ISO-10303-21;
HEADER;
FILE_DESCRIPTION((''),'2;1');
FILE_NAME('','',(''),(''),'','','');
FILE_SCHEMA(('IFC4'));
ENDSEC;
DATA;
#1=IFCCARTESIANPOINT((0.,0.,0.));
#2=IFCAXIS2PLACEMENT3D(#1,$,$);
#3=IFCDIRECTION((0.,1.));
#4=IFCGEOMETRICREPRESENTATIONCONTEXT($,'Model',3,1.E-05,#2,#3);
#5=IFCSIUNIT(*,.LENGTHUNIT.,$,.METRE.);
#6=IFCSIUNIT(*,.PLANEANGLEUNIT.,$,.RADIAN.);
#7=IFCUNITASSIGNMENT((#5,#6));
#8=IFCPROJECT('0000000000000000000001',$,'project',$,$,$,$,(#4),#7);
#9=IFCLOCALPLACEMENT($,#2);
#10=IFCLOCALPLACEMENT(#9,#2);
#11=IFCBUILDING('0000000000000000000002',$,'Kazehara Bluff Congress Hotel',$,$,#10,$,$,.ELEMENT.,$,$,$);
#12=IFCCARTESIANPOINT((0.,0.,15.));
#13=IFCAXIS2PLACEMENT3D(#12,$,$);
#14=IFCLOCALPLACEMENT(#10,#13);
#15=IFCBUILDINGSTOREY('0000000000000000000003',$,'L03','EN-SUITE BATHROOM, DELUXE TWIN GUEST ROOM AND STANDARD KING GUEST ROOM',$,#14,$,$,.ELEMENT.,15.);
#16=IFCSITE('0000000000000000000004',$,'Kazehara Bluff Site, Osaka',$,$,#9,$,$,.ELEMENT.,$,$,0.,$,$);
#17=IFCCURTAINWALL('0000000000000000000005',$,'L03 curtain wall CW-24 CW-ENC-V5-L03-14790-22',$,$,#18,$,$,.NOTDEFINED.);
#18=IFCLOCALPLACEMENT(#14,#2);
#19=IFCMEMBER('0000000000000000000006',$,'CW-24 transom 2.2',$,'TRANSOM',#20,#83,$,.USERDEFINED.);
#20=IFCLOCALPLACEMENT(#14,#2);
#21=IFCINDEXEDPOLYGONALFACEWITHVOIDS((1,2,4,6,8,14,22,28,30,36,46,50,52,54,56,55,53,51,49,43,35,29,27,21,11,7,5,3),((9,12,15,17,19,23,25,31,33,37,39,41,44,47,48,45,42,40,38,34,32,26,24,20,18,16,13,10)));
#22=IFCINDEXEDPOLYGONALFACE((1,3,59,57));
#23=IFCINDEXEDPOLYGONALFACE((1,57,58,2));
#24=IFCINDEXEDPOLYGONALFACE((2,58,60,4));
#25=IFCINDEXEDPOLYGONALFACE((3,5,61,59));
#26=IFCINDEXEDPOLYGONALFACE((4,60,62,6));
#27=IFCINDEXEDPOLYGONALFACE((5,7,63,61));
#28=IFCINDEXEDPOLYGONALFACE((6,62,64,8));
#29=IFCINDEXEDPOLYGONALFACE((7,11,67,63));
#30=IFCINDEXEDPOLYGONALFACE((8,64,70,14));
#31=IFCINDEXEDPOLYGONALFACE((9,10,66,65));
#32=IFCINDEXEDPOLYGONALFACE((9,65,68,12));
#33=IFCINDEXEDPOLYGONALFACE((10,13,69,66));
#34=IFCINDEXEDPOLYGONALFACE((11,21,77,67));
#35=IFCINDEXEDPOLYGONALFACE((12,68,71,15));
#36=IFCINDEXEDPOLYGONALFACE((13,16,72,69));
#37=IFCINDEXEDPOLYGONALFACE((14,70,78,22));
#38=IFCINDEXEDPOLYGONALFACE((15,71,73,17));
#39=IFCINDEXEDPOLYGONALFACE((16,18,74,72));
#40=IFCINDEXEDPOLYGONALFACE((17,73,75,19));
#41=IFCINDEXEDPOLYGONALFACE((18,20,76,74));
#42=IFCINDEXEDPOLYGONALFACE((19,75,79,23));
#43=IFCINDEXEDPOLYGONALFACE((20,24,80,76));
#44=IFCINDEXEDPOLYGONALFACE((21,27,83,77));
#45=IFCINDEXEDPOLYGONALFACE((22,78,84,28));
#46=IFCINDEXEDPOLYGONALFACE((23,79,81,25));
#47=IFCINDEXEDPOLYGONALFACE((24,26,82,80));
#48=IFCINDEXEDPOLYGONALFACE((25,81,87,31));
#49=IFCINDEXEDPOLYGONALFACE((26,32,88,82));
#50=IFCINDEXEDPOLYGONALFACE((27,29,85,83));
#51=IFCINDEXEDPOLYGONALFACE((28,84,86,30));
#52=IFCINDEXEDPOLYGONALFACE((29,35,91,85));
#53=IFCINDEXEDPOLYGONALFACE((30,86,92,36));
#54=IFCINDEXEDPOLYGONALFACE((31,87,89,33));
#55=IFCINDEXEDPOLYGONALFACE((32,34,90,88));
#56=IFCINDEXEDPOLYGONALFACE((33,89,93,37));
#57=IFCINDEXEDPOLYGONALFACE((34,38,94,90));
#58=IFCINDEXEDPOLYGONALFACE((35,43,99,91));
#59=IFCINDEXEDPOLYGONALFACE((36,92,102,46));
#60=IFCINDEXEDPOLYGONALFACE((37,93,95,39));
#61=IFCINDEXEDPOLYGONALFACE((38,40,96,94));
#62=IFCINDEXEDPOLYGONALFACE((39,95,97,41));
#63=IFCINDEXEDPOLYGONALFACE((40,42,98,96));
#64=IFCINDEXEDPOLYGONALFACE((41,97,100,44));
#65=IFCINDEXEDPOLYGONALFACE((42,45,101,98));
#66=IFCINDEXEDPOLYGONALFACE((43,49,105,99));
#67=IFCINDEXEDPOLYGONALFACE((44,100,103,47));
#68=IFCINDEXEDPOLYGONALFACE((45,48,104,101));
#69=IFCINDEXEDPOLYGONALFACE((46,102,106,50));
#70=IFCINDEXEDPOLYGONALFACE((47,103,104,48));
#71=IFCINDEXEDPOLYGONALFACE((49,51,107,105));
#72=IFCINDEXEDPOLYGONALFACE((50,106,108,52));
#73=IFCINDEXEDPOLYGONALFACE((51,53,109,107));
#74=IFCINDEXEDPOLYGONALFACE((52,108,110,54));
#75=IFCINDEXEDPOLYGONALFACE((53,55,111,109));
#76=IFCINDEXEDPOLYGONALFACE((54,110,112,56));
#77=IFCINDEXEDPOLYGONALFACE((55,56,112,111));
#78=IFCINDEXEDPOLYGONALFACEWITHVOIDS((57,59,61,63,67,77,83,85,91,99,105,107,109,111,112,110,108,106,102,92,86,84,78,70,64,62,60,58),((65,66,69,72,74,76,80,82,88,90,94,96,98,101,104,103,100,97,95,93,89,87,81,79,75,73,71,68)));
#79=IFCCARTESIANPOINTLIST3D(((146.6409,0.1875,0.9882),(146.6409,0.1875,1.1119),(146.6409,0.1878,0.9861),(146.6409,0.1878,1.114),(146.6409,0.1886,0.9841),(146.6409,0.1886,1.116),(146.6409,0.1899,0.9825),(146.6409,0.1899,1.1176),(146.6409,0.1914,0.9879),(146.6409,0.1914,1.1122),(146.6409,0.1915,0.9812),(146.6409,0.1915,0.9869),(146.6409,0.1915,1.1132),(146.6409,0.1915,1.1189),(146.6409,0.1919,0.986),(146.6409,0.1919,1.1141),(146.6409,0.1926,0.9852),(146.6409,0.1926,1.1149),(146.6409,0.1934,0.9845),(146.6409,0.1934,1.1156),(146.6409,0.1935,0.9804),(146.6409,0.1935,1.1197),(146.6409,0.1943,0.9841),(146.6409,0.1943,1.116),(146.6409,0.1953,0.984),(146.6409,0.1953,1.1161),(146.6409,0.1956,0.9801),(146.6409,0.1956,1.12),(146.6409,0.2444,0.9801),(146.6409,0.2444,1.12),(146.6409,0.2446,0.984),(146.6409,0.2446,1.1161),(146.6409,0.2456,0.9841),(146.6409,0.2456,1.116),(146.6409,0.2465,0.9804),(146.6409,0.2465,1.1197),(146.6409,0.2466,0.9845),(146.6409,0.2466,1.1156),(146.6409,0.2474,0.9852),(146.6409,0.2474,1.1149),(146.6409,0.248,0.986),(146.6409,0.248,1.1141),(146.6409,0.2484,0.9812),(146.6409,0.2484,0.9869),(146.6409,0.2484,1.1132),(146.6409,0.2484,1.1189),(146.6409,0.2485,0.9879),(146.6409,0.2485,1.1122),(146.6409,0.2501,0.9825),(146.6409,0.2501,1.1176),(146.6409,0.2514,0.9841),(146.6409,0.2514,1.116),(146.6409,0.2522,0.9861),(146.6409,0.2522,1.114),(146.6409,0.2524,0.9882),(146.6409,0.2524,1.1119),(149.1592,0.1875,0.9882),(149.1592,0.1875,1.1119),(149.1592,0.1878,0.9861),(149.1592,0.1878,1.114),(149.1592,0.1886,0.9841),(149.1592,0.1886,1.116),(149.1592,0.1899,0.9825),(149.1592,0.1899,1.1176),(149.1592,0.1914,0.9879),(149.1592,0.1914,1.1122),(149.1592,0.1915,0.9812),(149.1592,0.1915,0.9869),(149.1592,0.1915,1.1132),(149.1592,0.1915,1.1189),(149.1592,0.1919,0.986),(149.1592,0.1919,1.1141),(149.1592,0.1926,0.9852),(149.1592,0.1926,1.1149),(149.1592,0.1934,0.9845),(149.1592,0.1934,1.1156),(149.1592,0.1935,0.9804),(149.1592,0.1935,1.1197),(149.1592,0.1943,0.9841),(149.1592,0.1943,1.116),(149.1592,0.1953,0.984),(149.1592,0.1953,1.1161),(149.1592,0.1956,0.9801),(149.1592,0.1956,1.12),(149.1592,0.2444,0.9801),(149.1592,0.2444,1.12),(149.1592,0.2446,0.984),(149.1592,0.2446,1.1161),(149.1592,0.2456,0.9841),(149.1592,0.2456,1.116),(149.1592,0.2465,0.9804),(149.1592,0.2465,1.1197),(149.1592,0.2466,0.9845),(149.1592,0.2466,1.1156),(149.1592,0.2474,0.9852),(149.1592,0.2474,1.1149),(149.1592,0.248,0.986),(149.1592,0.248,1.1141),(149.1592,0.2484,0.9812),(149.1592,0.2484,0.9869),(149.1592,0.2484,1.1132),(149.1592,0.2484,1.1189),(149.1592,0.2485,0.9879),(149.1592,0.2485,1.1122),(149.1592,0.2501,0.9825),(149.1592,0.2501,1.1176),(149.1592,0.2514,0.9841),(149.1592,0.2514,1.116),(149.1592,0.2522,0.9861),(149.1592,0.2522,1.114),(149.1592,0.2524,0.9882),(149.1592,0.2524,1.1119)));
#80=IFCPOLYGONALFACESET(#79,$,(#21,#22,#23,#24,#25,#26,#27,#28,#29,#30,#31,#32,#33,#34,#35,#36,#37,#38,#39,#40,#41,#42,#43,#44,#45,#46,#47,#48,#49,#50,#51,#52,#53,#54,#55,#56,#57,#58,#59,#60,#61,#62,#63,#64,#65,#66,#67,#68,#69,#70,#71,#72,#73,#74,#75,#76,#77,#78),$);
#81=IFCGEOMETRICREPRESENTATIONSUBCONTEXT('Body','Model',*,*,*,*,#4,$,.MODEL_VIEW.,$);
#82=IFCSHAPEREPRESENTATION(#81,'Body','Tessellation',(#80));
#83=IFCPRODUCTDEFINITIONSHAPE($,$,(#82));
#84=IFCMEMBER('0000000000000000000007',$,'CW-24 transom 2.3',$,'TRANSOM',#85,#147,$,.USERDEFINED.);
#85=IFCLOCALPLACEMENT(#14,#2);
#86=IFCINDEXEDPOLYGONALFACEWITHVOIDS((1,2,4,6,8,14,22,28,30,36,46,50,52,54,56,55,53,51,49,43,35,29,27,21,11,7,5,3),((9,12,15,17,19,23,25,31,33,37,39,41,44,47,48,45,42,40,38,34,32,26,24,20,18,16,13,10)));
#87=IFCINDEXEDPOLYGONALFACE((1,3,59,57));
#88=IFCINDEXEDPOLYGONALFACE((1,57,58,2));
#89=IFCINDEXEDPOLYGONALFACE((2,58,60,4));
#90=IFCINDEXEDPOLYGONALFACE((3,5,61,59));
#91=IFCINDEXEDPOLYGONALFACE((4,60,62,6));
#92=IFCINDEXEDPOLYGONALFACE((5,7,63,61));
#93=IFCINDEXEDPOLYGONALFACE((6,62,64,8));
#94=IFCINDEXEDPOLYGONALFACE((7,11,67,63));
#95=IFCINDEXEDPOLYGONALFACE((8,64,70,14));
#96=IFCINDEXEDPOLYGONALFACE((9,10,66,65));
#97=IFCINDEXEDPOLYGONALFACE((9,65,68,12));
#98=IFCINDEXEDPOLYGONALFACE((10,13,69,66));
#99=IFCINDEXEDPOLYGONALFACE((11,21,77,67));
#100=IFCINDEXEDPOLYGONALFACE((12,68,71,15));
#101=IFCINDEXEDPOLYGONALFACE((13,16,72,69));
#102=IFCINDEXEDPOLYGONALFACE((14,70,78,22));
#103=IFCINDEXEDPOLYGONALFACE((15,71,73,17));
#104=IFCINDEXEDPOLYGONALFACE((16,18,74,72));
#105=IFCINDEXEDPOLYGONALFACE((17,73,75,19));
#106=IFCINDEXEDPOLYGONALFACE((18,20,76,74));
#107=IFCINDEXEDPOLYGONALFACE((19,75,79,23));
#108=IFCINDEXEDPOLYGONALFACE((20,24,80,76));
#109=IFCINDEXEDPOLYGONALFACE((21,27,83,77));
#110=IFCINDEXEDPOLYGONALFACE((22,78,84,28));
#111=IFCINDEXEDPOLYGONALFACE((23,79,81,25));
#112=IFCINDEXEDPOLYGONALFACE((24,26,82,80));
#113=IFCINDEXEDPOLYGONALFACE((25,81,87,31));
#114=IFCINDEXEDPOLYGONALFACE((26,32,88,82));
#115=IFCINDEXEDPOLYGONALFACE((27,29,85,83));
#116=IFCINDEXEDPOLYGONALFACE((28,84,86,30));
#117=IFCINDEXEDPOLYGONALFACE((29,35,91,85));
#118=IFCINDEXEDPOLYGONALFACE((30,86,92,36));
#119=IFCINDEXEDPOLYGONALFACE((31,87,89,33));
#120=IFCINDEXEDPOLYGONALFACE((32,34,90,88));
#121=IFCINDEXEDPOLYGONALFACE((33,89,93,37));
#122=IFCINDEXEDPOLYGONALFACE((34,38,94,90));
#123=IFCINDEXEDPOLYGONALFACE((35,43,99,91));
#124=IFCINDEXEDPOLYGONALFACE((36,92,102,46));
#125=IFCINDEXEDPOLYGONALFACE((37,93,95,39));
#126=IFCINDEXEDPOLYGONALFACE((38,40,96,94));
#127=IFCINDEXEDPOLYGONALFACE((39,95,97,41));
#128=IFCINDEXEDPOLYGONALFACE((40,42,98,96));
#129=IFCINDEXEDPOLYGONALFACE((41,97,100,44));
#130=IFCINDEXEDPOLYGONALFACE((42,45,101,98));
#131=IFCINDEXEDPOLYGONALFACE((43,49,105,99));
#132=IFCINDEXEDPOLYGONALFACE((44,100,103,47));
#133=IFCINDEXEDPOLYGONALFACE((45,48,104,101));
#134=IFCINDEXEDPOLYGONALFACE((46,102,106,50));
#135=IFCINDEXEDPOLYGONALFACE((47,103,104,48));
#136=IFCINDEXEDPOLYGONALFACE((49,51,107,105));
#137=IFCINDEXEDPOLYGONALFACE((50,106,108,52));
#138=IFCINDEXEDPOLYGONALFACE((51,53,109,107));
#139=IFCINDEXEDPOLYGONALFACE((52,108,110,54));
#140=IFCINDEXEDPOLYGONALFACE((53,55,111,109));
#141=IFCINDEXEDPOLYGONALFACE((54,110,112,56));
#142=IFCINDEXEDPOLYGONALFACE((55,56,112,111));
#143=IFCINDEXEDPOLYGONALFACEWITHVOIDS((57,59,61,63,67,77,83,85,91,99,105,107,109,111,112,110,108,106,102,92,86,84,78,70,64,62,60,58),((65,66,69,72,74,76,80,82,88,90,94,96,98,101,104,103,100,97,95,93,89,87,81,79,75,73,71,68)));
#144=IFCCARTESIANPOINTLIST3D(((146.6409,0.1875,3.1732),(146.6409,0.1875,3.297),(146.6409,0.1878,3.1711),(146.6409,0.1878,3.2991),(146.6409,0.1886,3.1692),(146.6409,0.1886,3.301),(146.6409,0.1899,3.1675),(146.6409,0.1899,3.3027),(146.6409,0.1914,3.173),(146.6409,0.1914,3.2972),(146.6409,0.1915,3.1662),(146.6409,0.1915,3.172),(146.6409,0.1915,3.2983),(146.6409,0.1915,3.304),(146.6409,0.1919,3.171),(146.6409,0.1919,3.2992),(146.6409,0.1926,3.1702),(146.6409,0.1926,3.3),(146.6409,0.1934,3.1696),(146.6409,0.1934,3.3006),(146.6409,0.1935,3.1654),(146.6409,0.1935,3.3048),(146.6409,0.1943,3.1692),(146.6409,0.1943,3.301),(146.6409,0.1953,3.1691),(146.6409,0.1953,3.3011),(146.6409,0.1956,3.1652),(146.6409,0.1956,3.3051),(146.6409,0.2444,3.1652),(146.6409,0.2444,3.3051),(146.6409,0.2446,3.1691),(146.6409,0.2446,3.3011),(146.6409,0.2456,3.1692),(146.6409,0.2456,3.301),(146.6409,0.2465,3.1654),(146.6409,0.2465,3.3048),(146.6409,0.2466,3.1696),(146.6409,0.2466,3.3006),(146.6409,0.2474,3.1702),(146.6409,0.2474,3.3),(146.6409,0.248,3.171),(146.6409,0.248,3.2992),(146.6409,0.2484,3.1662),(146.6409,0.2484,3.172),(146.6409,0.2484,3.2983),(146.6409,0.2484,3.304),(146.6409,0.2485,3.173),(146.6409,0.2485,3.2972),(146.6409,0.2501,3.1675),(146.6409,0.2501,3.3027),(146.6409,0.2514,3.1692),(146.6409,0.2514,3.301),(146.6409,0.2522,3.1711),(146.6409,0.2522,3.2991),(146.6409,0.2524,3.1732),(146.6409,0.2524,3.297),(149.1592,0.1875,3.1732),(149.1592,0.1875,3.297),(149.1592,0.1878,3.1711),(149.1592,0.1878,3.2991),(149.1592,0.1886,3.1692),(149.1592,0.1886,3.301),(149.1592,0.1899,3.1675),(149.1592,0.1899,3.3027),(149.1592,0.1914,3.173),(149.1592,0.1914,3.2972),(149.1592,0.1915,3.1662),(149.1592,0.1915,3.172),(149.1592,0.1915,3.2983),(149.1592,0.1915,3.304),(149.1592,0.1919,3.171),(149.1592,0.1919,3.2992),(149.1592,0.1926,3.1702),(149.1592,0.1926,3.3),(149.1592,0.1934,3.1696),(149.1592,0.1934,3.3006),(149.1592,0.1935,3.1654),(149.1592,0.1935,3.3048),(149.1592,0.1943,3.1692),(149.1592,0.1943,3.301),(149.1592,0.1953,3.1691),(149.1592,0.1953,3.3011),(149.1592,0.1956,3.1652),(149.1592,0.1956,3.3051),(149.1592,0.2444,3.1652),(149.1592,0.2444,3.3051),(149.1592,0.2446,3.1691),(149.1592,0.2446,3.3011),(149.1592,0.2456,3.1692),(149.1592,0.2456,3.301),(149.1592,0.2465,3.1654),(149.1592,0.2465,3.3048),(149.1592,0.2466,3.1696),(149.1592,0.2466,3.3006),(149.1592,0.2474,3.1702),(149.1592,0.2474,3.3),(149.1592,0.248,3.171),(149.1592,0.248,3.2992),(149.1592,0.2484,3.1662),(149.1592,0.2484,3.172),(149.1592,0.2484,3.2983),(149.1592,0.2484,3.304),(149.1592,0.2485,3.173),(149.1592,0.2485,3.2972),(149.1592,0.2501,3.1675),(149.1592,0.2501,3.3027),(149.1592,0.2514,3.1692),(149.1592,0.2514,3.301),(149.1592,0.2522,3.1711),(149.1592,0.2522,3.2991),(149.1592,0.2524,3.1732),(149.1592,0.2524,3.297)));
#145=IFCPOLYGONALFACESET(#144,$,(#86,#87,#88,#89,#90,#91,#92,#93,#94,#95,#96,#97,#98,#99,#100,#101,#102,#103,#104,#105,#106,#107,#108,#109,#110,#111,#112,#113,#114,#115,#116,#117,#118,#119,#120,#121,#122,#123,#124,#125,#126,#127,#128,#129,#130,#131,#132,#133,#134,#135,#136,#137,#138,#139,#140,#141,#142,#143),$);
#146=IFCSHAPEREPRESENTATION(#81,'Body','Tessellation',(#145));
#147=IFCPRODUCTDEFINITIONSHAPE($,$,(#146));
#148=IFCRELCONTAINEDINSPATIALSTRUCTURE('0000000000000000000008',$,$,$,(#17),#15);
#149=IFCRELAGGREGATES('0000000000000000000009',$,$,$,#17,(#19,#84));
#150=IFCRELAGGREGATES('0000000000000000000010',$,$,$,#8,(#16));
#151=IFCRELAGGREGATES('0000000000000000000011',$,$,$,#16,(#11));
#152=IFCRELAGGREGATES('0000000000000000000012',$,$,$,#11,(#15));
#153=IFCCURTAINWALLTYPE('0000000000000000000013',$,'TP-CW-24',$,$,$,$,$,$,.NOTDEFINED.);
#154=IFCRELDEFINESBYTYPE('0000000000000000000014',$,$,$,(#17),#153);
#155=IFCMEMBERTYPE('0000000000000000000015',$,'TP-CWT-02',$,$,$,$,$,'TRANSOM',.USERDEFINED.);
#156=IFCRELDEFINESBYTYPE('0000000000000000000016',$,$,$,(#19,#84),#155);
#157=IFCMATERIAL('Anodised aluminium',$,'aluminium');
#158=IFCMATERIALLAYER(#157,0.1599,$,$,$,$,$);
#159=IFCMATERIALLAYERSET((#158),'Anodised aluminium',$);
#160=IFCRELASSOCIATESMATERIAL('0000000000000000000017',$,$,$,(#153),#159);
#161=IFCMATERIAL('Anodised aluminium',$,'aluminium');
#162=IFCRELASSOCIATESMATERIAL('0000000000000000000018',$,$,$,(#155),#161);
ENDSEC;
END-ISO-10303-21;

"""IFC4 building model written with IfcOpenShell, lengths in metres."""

from ifc_helpers import new_model, si_unit, direction, frame, origin, origin_2d, place, context, subcontext, project, spatial, hollow_rectangle, extrude, material, layer, layer_set, material_profile, profile_set, type_object, element, aggregate, save


model = new_model("IFC4")

# Units and contexts
model_context = context("Model", 3, precision=1e-05, world=origin(), true_north=direction((0.0, 1.0)))
body_context = subcontext(model_context, "Body", "Model", "MODEL_VIEW")
ifc_project = project(units=[si_unit("LENGTHUNIT", "METRE"), si_unit("PLANEANGLEUNIT", "RADIAN")], contexts=[model_context])

# Site, building, storey
site_placement = place(None, origin())
site = spatial("IfcSite", under=ifc_project, at=site_placement, Name="Kazehara Bluff Site, Osaka", CompositionType="ELEMENT", RefElevation=0.0)
building_placement = place(site_placement, origin())
building = spatial("IfcBuilding", under=site, at=building_placement, Name="Kazehara Bluff Congress Hotel", CompositionType="ELEMENT")
storey_placement = place(building_placement, frame((0.0, 0.0, 15.0)))
storey = spatial("IfcBuildingStorey", under=building, at=storey_placement, Name="L03", Description="EN-SUITE BATHROOM, DELUXE TWIN GUEST ROOM AND STANDARD KING GUEST ROOM", CompositionType="ELEMENT", Elevation=15.0)

# Curtain wall
ifc_material_1 = material(Name="Anodised aluminium", Category="aluminium")
ifc_layer_1 = layer(ifc_material_1, 0.1599)
ifc_layer_set_1 = layer_set([ifc_layer_1], Name="Anodised aluminium")
curtain_wall_type = type_object("IfcCurtainWallType", Name="TP-CW-24", PredefinedType="NOTDEFINED", material=ifc_layer_set_1)
curtain_wall_1_placement = place(storey_placement, origin())
curtain_wall_1 = element("IfcCurtainWall", 1, at=curtain_wall_1_placement, inside=storey, type_object=curtain_wall_type, Name="L03 curtain wall CW-24 CW-ENC-V5-L03-14790-22", PredefinedType="NOTDEFINED")

# Members
ifc_material_2 = material(Name="Anodised aluminium", Category="aluminium")
ifc_material_profile_1 = material_profile(ifc_material_2, hollow_rectangle(XDim=0.0649, YDim=0.1399, WallThickness=0.0039, InnerFilletRadius=0.0039, OuterFilletRadius=0.0081, at=origin_2d()))
ifc_profile_set_1 = profile_set([ifc_material_profile_1], Name="Anodised aluminium")
member_type_1 = type_object("IfcMemberType", Name="TP-CWT-02", ElementType="TRANSOM", PredefinedType="USERDEFINED", material=ifc_profile_set_1)
member_1_placement = place(storey_placement, frame((149.1592, 0.22, 1.05), z_axis=(-1.0, 0.0, 0.0), x_axis=(0.0, -1.0, 0.0)))
member_1 = element("IfcMember", 2, at=member_1_placement, type_object=member_type_1, Name="CW-24 transom 2.2", ObjectType="TRANSOM", PredefinedType="USERDEFINED", context=body_context, shape_type="SweptSolid", body=[
    extrude(hollow_rectangle(XDim=0.0649, YDim=0.1399, WallThickness=0.0039, InnerFilletRadius=0.0039, OuterFilletRadius=0.0081, at=origin_2d()), origin(), (0.0, 0.0, 1.0), 2.5183),
])
member_2_placement = place(storey_placement, frame((149.1592, 0.22, 3.2351), z_axis=(-1.0, 0.0, 0.0), x_axis=(0.0, -1.0, 0.0)))
member_2 = element("IfcMember", 3, at=member_2_placement, type_object=member_type_1, Name="CW-24 transom 2.3", ObjectType="TRANSOM", PredefinedType="USERDEFINED", context=body_context, shape_type="SweptSolid", body=[
    extrude(hollow_rectangle(XDim=0.0649, YDim=0.1399, WallThickness=0.0039, InnerFilletRadius=0.0039, OuterFilletRadius=0.0081, at=origin_2d()), origin(), (0.0, 0.0, 1.0), 2.5183),
])

aggregate(curtain_wall_1, [member_1, member_2])

save(model, "model.ifc")
